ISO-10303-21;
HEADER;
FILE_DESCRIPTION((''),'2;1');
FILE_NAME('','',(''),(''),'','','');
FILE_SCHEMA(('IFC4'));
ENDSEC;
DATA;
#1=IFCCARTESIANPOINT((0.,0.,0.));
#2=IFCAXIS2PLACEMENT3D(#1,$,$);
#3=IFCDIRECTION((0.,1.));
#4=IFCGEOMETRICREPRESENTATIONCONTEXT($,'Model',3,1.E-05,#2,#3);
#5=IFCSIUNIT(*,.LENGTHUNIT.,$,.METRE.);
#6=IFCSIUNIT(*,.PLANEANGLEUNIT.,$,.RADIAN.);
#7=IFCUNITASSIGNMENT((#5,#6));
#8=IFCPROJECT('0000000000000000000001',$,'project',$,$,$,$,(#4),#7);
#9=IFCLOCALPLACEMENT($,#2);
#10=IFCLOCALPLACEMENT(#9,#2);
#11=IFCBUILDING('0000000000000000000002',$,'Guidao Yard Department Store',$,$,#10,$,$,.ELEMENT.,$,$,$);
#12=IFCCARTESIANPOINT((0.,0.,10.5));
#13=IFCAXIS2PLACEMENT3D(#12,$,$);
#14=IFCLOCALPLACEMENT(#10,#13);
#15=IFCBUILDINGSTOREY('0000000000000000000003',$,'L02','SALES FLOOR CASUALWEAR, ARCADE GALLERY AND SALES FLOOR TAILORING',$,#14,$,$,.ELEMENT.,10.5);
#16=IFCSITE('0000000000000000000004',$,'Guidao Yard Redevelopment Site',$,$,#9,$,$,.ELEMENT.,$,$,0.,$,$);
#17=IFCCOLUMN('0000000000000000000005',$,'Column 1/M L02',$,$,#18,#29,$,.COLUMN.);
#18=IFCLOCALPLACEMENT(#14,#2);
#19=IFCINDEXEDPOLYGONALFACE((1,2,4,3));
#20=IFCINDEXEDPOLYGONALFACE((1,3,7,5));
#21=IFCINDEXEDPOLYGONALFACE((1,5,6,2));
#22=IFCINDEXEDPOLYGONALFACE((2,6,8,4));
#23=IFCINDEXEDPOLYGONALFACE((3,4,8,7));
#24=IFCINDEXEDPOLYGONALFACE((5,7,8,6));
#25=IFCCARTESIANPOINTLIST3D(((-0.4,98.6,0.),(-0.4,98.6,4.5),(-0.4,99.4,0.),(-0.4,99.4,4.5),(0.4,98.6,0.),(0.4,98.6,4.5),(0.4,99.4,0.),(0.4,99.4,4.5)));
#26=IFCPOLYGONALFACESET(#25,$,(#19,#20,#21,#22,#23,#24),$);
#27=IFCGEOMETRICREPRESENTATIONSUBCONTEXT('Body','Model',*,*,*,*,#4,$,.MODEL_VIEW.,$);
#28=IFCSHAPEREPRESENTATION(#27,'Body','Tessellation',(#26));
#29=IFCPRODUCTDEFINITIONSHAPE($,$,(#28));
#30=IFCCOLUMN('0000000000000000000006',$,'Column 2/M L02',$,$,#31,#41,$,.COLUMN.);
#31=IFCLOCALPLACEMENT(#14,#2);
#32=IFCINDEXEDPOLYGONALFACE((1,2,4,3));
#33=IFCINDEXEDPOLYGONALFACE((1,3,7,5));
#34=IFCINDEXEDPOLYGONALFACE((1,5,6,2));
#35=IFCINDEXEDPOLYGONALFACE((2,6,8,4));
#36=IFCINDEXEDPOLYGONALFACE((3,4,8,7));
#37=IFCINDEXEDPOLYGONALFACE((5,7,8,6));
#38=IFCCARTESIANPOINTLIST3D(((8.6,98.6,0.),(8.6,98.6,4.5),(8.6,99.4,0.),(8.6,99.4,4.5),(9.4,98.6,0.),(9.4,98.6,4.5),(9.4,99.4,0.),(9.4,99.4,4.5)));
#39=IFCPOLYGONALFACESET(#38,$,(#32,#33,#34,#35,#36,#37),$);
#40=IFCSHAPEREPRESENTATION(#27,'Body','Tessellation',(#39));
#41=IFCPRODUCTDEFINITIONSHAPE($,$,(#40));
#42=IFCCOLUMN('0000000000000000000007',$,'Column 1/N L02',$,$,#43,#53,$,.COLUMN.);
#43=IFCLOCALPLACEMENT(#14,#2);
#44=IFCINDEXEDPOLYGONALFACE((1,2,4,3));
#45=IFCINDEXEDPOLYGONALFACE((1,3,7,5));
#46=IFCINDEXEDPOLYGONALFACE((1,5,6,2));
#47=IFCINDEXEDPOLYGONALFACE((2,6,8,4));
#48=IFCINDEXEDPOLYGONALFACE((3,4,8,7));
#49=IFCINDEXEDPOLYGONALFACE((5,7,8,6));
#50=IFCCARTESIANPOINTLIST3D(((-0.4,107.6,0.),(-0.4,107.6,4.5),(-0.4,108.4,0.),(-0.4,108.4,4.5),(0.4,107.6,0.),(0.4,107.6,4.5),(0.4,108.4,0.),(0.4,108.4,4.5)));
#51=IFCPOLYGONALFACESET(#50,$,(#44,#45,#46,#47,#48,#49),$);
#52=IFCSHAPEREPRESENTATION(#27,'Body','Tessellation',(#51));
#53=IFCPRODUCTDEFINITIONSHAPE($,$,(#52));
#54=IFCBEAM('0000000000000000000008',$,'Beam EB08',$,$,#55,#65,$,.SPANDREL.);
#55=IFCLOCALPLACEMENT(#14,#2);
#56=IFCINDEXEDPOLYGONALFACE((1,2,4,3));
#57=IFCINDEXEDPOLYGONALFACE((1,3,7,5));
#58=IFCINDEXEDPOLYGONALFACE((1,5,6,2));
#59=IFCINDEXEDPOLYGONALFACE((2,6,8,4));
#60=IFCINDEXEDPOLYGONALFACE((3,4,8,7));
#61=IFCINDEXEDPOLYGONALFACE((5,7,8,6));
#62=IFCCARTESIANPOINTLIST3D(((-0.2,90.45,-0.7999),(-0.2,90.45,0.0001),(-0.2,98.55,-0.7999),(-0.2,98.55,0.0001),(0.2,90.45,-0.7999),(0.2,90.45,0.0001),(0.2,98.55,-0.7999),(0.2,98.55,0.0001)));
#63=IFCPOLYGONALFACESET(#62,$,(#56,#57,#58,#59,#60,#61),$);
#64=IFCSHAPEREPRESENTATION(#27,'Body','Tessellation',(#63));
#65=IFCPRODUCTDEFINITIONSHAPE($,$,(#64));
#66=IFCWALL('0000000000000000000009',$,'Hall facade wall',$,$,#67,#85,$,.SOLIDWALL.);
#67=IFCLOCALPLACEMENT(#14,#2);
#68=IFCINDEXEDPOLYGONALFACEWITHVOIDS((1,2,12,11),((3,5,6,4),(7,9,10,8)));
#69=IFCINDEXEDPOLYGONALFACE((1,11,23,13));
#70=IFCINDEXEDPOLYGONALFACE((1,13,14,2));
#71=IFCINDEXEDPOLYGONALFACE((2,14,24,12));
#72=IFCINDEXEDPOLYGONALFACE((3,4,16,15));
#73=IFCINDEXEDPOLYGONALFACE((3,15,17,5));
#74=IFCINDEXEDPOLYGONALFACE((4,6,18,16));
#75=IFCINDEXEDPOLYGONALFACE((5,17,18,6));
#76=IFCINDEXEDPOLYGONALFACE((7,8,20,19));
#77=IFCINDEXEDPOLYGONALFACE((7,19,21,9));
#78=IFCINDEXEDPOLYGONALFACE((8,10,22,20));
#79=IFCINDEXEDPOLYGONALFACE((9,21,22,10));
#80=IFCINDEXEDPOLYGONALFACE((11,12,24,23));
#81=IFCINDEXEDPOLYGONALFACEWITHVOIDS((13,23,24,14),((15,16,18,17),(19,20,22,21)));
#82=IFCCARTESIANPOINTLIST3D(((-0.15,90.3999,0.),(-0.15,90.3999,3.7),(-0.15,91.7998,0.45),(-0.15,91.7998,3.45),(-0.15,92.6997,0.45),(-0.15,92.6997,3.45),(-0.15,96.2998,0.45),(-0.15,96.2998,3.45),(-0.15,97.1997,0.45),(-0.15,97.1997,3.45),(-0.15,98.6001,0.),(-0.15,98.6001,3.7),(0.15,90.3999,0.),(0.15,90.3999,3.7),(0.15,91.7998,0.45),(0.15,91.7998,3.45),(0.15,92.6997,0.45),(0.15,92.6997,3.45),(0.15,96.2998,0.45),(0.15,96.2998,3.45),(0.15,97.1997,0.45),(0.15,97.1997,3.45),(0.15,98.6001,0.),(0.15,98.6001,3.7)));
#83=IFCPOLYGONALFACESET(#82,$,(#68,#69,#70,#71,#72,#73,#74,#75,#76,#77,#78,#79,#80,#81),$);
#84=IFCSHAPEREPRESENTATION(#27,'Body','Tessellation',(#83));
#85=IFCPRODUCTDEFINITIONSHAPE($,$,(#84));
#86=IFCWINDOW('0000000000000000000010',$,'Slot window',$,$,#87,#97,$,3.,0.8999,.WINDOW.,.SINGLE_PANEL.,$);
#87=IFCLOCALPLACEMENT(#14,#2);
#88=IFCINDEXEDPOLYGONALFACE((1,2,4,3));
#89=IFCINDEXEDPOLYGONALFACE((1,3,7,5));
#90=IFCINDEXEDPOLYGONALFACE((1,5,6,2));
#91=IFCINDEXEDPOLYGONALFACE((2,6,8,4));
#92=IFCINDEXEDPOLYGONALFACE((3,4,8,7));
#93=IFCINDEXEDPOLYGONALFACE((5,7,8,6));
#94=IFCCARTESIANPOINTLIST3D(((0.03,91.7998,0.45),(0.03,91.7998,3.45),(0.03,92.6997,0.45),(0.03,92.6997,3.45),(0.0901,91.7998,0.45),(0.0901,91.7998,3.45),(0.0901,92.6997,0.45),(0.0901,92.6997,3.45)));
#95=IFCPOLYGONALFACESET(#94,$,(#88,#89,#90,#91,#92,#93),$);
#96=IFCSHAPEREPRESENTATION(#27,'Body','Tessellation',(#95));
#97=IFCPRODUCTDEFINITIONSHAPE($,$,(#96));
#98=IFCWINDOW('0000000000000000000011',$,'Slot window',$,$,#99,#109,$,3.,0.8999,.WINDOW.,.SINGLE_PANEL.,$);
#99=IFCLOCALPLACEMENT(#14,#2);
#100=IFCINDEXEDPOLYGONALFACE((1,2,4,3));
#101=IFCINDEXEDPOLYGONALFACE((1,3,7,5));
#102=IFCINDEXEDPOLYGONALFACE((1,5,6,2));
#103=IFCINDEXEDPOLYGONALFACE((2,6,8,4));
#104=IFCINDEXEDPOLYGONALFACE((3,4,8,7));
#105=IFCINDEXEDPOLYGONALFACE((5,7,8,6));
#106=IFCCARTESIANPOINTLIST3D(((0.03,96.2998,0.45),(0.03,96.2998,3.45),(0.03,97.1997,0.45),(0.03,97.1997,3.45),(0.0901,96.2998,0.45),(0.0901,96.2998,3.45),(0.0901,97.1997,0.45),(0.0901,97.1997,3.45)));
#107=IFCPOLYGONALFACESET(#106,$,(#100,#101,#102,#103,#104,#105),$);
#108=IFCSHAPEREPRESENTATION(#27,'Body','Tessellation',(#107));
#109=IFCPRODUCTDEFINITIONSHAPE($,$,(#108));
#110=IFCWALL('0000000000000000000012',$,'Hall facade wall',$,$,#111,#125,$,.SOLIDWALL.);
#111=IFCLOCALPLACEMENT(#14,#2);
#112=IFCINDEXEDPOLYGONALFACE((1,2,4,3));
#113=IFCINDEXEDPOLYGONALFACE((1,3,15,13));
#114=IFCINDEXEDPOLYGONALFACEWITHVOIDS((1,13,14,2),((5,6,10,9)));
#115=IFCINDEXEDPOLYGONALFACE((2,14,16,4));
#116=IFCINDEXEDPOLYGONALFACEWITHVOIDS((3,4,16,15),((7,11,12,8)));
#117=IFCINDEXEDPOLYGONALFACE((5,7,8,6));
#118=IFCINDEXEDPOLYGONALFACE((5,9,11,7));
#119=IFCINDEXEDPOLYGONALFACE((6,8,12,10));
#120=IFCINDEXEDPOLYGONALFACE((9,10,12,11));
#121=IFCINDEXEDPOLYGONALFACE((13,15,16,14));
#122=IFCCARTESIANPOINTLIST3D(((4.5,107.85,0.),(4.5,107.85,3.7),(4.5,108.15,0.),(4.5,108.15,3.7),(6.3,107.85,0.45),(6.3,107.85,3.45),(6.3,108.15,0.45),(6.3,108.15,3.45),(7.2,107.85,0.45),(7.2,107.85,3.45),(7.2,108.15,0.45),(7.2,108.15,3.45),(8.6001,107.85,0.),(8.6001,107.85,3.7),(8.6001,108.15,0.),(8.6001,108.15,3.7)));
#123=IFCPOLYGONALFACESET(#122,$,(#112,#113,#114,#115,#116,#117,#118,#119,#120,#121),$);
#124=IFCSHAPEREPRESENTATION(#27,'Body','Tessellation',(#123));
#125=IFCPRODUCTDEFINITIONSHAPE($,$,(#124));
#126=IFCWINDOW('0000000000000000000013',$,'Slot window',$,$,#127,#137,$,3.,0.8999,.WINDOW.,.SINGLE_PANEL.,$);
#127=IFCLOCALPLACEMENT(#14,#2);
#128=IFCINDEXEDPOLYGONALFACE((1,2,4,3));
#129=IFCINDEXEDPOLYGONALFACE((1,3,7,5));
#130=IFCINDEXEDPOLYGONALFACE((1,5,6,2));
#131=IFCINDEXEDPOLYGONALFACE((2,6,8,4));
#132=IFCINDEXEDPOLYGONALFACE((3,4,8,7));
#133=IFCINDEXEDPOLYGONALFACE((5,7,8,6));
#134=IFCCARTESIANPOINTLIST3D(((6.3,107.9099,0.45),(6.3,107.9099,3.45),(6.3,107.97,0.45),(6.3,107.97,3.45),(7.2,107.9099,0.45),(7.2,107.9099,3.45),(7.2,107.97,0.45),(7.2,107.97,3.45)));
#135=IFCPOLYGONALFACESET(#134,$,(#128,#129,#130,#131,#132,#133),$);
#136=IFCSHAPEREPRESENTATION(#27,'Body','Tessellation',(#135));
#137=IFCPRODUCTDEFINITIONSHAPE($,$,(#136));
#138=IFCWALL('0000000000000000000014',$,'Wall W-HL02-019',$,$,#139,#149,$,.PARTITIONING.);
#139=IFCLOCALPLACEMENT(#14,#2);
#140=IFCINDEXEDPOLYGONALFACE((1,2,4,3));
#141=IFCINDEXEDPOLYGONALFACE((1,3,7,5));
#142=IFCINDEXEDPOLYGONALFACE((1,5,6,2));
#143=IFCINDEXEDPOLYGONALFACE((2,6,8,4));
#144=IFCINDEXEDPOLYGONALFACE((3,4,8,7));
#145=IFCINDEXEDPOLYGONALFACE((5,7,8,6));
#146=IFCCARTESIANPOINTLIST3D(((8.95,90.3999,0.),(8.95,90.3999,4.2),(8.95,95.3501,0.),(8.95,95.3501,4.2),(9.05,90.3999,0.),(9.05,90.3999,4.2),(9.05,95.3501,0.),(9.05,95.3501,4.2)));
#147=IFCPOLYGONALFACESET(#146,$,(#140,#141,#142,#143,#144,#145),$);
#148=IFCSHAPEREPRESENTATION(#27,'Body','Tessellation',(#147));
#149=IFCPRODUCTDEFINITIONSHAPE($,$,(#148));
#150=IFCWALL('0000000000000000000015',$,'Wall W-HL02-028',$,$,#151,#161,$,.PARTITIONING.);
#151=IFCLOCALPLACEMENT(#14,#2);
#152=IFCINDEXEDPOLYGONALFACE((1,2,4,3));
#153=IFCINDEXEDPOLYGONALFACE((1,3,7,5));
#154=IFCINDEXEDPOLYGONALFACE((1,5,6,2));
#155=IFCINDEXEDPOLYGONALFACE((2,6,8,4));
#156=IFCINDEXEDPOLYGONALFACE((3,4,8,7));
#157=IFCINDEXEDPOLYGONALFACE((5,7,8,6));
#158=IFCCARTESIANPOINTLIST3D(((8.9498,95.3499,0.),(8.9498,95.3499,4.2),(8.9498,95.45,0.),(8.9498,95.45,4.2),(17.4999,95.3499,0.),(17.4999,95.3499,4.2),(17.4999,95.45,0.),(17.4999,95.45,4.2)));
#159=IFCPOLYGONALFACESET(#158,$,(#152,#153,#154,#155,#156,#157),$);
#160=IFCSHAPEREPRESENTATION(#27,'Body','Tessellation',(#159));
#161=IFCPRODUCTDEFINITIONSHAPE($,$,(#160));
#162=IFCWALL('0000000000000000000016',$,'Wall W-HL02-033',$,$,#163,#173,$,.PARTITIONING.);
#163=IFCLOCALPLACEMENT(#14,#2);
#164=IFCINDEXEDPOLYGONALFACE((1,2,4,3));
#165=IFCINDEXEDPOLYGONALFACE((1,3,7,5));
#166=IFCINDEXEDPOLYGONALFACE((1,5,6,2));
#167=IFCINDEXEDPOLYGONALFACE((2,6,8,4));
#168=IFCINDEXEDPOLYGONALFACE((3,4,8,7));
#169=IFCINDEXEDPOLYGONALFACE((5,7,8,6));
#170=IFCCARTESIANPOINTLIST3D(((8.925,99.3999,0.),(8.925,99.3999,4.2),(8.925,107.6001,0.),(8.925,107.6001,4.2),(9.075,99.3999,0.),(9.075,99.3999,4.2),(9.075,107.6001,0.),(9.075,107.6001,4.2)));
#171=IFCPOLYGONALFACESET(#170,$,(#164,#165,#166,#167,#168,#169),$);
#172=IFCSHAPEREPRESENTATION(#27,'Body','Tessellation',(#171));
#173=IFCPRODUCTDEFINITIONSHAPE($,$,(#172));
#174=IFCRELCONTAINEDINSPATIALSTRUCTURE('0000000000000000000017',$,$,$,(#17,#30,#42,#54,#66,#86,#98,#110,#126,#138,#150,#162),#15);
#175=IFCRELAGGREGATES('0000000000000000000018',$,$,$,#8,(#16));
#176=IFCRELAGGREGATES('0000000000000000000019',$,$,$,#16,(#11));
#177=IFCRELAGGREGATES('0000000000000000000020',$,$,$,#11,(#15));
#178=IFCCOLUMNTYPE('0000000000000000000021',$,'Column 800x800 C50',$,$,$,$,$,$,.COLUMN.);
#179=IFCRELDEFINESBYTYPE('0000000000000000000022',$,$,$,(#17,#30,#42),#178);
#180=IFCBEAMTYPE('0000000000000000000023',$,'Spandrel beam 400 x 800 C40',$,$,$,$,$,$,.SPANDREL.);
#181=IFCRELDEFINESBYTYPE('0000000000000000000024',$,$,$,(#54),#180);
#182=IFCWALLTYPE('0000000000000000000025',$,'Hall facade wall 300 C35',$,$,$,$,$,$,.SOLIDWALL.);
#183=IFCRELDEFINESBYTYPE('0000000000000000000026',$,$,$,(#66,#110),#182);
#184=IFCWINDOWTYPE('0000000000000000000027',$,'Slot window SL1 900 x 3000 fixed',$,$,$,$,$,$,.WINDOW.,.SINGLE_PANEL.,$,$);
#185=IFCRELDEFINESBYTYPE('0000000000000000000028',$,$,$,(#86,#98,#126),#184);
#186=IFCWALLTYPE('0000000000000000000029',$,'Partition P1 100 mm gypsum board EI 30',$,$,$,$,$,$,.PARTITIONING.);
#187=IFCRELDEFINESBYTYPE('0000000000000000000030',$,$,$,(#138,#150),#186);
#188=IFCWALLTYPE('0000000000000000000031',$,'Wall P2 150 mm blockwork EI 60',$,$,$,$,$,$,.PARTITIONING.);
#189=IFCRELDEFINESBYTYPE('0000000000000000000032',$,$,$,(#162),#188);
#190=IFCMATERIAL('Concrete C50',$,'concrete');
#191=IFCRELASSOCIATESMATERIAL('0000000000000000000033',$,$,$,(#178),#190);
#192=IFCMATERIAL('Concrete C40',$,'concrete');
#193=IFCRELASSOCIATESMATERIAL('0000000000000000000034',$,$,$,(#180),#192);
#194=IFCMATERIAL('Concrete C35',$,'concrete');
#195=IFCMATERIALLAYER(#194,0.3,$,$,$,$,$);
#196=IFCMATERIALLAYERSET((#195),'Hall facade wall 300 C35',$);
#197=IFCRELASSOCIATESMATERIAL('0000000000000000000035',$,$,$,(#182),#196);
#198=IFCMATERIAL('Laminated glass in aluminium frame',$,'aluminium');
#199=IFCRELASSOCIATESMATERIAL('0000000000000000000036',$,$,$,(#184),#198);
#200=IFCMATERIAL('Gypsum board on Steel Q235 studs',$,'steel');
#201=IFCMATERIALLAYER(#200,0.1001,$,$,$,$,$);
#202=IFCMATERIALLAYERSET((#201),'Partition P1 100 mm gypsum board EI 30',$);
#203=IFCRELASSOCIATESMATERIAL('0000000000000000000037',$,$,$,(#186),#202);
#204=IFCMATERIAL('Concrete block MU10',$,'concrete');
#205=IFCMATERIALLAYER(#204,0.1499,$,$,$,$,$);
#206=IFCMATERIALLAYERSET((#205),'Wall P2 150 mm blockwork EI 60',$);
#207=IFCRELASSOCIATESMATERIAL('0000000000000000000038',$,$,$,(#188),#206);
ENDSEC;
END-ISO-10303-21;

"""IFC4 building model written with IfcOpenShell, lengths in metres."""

from ifc_helpers import new_model, si_unit, direction, frame, frame_2d, origin, origin_2d, place, context, subcontext, project, spatial, rectangle, extrude, material, layer, layer_set, material_profile, profile_set, type_object, element, fill, save


model = new_model("IFC4")

# Units and contexts
model_context = context("Model", 3, precision=1e-05, world=origin(), true_north=direction((0.0, 1.0)))
body_context = subcontext(model_context, "Body", "Model", "MODEL_VIEW")
ifc_project = project(units=[si_unit("LENGTHUNIT", "METRE"), si_unit("PLANEANGLEUNIT", "RADIAN")], contexts=[model_context])

# Site, building, storey
site_placement = place(None, origin())
site = spatial("IfcSite", under=ifc_project, at=site_placement, Name="Guidao Yard Redevelopment Site", CompositionType="ELEMENT", RefElevation=0.0)
building_placement = place(site_placement, origin())
building = spatial("IfcBuilding", under=site, at=building_placement, Name="Guidao Yard Department Store", CompositionType="ELEMENT")
storey_placement = place(building_placement, frame((0.0, 0.0, 10.5)))
storey = spatial("IfcBuildingStorey", under=building, at=storey_placement, Name="L02", Description="SALES FLOOR CASUALWEAR, ARCADE GALLERY AND SALES FLOOR TAILORING", CompositionType="ELEMENT", Elevation=10.5)

# Columns
ifc_material_1 = material(Name="Concrete C50", Category="concrete")
ifc_material_profile_1 = material_profile(ifc_material_1, rectangle(XDim=0.8, YDim=0.8, at=origin_2d()), Name="COL 800x800")
ifc_profile_set_1 = profile_set([ifc_material_profile_1], Name="Concrete C50")
column_type = type_object("IfcColumnType", Name="Column 800x800 C50", PredefinedType="COLUMN", material=ifc_profile_set_1)
for number, where, z_axis, x_axis, name in (
    (1, (0.0, 99.0, 0.0), (0.0, 0.0, 1.0), (1.0, 0.0, 0.0), "Column 1/M L02"),
    (2, (9.0, 99.0, 0.0), (0.0, 0.0, 1.0), (1.0, 0.0, 0.0), "Column 2/M L02"),
    (3, (0.0, 108.0, 0.0), (0.0, 0.0, 1.0), (1.0, 0.0, 0.0), "Column 1/N L02"),
):
    element("IfcColumn", number, at=place(storey_placement, frame(where, z_axis=z_axis, x_axis=x_axis)), inside=storey, type_object=column_type, Name=name, PredefinedType="COLUMN", context=body_context, shape_type="SweptSolid", body=[
        extrude(rectangle(XDim=0.8, YDim=0.8, at=origin_2d()), origin(), (0.0, 0.0, 1.0), 4.5),
    ])

# Beam
ifc_material_2 = material(Name="Concrete C40", Category="concrete")
ifc_material_profile_2 = material_profile(ifc_material_2, rectangle(XDim=0.3999, YDim=0.8, at=origin_2d()), Name="Spandrel beam 400 x 800 C40")
ifc_profile_set_2 = profile_set([ifc_material_profile_2], Name="Concrete C40")
beam_type = type_object("IfcBeamType", Name="Spandrel beam 400 x 800 C40", PredefinedType="SPANDREL", material=ifc_profile_set_2)
beam_placement = place(storey_placement, frame((0.0, 90.45, -0.3999), z_axis=(0.0, 1.0, 0.0), x_axis=(-1.0, 0.0, 0.0)))
element("IfcBeam", 4, at=beam_placement, inside=storey, type_object=beam_type, Name="Beam EB08", PredefinedType="SPANDREL", context=body_context, shape_type="SweptSolid", body=[
    extrude(rectangle(XDim=0.3999, YDim=0.8, at=origin_2d()), origin(), (0.0, 0.0, 1.0), 8.1001),
])

# Wall, openings, windows
ifc_material_3 = material(Name="Concrete C35", Category="concrete")
ifc_layer_1 = layer(ifc_material_3, 0.3)
ifc_layer_set_1 = layer_set([ifc_layer_1], Name="Hall facade wall 300 C35")
wall_type_1 = type_object("IfcWallType", Name="Hall facade wall 300 C35", PredefinedType="SOLIDWALL", material=ifc_layer_set_1)
wall_1_placement = place(storey_placement, frame((0.0, 90.3999, 0.0), z_axis=(0.0, 0.0, 1.0), x_axis=(0.0, 1.0, 0.0)))
wall_1 = element("IfcWall", 5, at=wall_1_placement, inside=storey, type_object=wall_type_1, Name="Hall facade wall", PredefinedType="SOLIDWALL", context=body_context, shape_type="SweptSolid", body=[
    extrude(rectangle(XDim=8.2002, YDim=0.3, at=frame_2d((4.1001, 0.0))), origin(), (0.0, 0.0, 1.0), 3.7),
])
opening_1_placement = place(wall_1_placement, frame((1.3999, 0.0, 0.45)))
opening_1 = element("IfcOpeningElement", 6, at=opening_1_placement, cuts=wall_1, PredefinedType="OPENING", context=body_context, shape_type="SweptSolid", body=[
    extrude(rectangle(XDim=0.8999, YDim=3.0, at=frame_2d((0.45, 1.5))), frame((0.0, 0.1599, 0.0), z_axis=(0.0, -1.0, 0.0), x_axis=(1.0, 0.0, 0.0)), (0.0, 0.0, 1.0), 0.3201),
])
opening_2_placement = place(wall_1_placement, frame((5.8999, 0.0, 0.45)))
opening_2 = element("IfcOpeningElement", 7, at=opening_2_placement, cuts=wall_1, PredefinedType="OPENING", context=body_context, shape_type="SweptSolid", body=[
    extrude(rectangle(XDim=0.8999, YDim=3.0, at=frame_2d((0.45, 1.5))), frame((0.0, 0.1599, 0.0), z_axis=(0.0, -1.0, 0.0), x_axis=(1.0, 0.0, 0.0)), (0.0, 0.0, 1.0), 0.3201),
])
ifc_material_4 = material(Name="Laminated glass in aluminium frame", Category="aluminium")
window_type = type_object("IfcWindowType", Name="Slot window SL1 900 x 3000 fixed", PartitioningType="SINGLE_PANEL", PredefinedType="WINDOW", material=ifc_material_4)
window_1_placement = place(opening_1_placement, origin())
window_1 = element("IfcWindow", 8, at=window_1_placement, inside=storey, type_object=window_type, Name="Slot window", OverallHeight=3.0, OverallWidth=0.8999, PartitioningType="SINGLE_PANEL", PredefinedType="WINDOW", context=body_context, shape_type="SweptSolid", body=[
    extrude(rectangle(XDim=0.8999, YDim=3.0, at=frame_2d((0.45, 1.5))), frame((0.0, -0.03, 0.0), z_axis=(0.0, -1.0, 0.0), x_axis=(1.0, 0.0, 0.0)), (0.0, 0.0, 1.0), 0.0601),
])
fill(opening_1, window_1)
window_2_placement = place(opening_2_placement, origin())
window_2 = element("IfcWindow", 9, at=window_2_placement, inside=storey, type_object=window_type, Name="Slot window", OverallHeight=3.0, OverallWidth=0.8999, PartitioningType="SINGLE_PANEL", PredefinedType="WINDOW", context=body_context, shape_type="SweptSolid", body=[
    extrude(rectangle(XDim=0.8999, YDim=3.0, at=frame_2d((0.45, 1.5))), frame((0.0, -0.03, 0.0), z_axis=(0.0, -1.0, 0.0), x_axis=(1.0, 0.0, 0.0)), (0.0, 0.0, 1.0), 0.0601),
])
fill(opening_2, window_2)

# Wall, opening, window
wall_2_placement = place(storey_placement, frame((4.5, 108.0, 0.0), z_axis=(0.0, 0.0, 1.0), x_axis=(1.0, 0.0, 0.0)))
wall_2 = element("IfcWall", 10, at=wall_2_placement, inside=storey, type_object=wall_type_1, Name="Hall facade wall", PredefinedType="SOLIDWALL", context=body_context, shape_type="SweptSolid", body=[
    extrude(rectangle(XDim=4.1001, YDim=0.3, at=frame_2d((2.05, 0.0))), origin(), (0.0, 0.0, 1.0), 3.7),
])
opening_3_placement = place(wall_2_placement, frame((1.8, 0.0, 0.45)))
opening_3 = element("IfcOpeningElement", 11, at=opening_3_placement, cuts=wall_2, PredefinedType="OPENING", context=body_context, shape_type="SweptSolid", body=[
    extrude(rectangle(XDim=0.8999, YDim=3.0, at=frame_2d((0.45, 1.5))), frame((0.0, 0.1599, 0.0), z_axis=(0.0, -1.0, 0.0), x_axis=(1.0, 0.0, 0.0)), (0.0, 0.0, 1.0), 0.3201),
])
window_3_placement = place(opening_3_placement, origin())
window_3 = element("IfcWindow", 12, at=window_3_placement, inside=storey, type_object=window_type, Name="Slot window", OverallHeight=3.0, OverallWidth=0.8999, PartitioningType="SINGLE_PANEL", PredefinedType="WINDOW", context=body_context, shape_type="SweptSolid", body=[
    extrude(rectangle(XDim=0.8999, YDim=3.0, at=frame_2d((0.45, 1.5))), frame((0.0, -0.03, 0.0), z_axis=(0.0, -1.0, 0.0), x_axis=(1.0, 0.0, 0.0)), (0.0, 0.0, 1.0), 0.0601),
])
fill(opening_3, window_3)

# Walls
ifc_material_5 = material(Name="Gypsum board on Steel Q235 studs", Category="steel")
ifc_layer_2 = layer(ifc_material_5, 0.1001)
ifc_layer_set_2 = layer_set([ifc_layer_2], Name="Partition P1 100 mm gypsum board EI 30")
wall_type_2 = type_object("IfcWallType", Name="Partition P1 100 mm gypsum board EI 30", PredefinedType="PARTITIONING", material=ifc_layer_set_2)
wall_3_placement = place(storey_placement, frame((9.0, 90.3999, 0.0), z_axis=(0.0, 0.0, 1.0), x_axis=(0.0, 1.0, 0.0)))
element("IfcWall", 13, at=wall_3_placement, inside=storey, type_object=wall_type_2, Name="Wall W-HL02-019", PredefinedType="PARTITIONING", context=body_context, shape_type="SweptSolid", body=[
    extrude(rectangle(XDim=4.9502, YDim=0.1001, at=frame_2d((2.4751, 0.0))), origin(), (0.0, 0.0, 1.0), 4.2),
])
wall_4_placement = place(storey_placement, frame((8.95, 95.3999, 0.0), z_axis=(0.0, 0.0, 1.0), x_axis=(1.0, 0.0, 0.0)))
element("IfcWall", 14, at=wall_4_placement, inside=storey, type_object=wall_type_2, Name="Wall W-HL02-028", PredefinedType="PARTITIONING", context=body_context, shape_type="SweptSolid", body=[
    extrude(rectangle(XDim=8.55, YDim=0.1001, at=frame_2d((4.2749, 0.0))), origin(), (0.0, 0.0, 1.0), 4.2),
])
ifc_material_6 = material(Name="Concrete block MU10", Category="concrete")
ifc_layer_3 = layer(ifc_material_6, 0.1499)
ifc_layer_set_3 = layer_set([ifc_layer_3], Name="Wall P2 150 mm blockwork EI 60")
wall_type_3 = type_object("IfcWallType", Name="Wall P2 150 mm blockwork EI 60", PredefinedType="PARTITIONING", material=ifc_layer_set_3)
wall_5_placement = place(storey_placement, frame((9.0, 99.3999, 0.0), z_axis=(0.0, 0.0, 1.0), x_axis=(0.0, 1.0, 0.0)))
element("IfcWall", 15, at=wall_5_placement, inside=storey, type_object=wall_type_3, Name="Wall W-HL02-033", PredefinedType="PARTITIONING", context=body_context, shape_type="SweptSolid", body=[
    extrude(rectangle(XDim=8.2002, YDim=0.1499, at=frame_2d((4.1001, 0.0))), origin(), (0.0, 0.0, 1.0), 4.2),
])

save(model, "model.ifc")
